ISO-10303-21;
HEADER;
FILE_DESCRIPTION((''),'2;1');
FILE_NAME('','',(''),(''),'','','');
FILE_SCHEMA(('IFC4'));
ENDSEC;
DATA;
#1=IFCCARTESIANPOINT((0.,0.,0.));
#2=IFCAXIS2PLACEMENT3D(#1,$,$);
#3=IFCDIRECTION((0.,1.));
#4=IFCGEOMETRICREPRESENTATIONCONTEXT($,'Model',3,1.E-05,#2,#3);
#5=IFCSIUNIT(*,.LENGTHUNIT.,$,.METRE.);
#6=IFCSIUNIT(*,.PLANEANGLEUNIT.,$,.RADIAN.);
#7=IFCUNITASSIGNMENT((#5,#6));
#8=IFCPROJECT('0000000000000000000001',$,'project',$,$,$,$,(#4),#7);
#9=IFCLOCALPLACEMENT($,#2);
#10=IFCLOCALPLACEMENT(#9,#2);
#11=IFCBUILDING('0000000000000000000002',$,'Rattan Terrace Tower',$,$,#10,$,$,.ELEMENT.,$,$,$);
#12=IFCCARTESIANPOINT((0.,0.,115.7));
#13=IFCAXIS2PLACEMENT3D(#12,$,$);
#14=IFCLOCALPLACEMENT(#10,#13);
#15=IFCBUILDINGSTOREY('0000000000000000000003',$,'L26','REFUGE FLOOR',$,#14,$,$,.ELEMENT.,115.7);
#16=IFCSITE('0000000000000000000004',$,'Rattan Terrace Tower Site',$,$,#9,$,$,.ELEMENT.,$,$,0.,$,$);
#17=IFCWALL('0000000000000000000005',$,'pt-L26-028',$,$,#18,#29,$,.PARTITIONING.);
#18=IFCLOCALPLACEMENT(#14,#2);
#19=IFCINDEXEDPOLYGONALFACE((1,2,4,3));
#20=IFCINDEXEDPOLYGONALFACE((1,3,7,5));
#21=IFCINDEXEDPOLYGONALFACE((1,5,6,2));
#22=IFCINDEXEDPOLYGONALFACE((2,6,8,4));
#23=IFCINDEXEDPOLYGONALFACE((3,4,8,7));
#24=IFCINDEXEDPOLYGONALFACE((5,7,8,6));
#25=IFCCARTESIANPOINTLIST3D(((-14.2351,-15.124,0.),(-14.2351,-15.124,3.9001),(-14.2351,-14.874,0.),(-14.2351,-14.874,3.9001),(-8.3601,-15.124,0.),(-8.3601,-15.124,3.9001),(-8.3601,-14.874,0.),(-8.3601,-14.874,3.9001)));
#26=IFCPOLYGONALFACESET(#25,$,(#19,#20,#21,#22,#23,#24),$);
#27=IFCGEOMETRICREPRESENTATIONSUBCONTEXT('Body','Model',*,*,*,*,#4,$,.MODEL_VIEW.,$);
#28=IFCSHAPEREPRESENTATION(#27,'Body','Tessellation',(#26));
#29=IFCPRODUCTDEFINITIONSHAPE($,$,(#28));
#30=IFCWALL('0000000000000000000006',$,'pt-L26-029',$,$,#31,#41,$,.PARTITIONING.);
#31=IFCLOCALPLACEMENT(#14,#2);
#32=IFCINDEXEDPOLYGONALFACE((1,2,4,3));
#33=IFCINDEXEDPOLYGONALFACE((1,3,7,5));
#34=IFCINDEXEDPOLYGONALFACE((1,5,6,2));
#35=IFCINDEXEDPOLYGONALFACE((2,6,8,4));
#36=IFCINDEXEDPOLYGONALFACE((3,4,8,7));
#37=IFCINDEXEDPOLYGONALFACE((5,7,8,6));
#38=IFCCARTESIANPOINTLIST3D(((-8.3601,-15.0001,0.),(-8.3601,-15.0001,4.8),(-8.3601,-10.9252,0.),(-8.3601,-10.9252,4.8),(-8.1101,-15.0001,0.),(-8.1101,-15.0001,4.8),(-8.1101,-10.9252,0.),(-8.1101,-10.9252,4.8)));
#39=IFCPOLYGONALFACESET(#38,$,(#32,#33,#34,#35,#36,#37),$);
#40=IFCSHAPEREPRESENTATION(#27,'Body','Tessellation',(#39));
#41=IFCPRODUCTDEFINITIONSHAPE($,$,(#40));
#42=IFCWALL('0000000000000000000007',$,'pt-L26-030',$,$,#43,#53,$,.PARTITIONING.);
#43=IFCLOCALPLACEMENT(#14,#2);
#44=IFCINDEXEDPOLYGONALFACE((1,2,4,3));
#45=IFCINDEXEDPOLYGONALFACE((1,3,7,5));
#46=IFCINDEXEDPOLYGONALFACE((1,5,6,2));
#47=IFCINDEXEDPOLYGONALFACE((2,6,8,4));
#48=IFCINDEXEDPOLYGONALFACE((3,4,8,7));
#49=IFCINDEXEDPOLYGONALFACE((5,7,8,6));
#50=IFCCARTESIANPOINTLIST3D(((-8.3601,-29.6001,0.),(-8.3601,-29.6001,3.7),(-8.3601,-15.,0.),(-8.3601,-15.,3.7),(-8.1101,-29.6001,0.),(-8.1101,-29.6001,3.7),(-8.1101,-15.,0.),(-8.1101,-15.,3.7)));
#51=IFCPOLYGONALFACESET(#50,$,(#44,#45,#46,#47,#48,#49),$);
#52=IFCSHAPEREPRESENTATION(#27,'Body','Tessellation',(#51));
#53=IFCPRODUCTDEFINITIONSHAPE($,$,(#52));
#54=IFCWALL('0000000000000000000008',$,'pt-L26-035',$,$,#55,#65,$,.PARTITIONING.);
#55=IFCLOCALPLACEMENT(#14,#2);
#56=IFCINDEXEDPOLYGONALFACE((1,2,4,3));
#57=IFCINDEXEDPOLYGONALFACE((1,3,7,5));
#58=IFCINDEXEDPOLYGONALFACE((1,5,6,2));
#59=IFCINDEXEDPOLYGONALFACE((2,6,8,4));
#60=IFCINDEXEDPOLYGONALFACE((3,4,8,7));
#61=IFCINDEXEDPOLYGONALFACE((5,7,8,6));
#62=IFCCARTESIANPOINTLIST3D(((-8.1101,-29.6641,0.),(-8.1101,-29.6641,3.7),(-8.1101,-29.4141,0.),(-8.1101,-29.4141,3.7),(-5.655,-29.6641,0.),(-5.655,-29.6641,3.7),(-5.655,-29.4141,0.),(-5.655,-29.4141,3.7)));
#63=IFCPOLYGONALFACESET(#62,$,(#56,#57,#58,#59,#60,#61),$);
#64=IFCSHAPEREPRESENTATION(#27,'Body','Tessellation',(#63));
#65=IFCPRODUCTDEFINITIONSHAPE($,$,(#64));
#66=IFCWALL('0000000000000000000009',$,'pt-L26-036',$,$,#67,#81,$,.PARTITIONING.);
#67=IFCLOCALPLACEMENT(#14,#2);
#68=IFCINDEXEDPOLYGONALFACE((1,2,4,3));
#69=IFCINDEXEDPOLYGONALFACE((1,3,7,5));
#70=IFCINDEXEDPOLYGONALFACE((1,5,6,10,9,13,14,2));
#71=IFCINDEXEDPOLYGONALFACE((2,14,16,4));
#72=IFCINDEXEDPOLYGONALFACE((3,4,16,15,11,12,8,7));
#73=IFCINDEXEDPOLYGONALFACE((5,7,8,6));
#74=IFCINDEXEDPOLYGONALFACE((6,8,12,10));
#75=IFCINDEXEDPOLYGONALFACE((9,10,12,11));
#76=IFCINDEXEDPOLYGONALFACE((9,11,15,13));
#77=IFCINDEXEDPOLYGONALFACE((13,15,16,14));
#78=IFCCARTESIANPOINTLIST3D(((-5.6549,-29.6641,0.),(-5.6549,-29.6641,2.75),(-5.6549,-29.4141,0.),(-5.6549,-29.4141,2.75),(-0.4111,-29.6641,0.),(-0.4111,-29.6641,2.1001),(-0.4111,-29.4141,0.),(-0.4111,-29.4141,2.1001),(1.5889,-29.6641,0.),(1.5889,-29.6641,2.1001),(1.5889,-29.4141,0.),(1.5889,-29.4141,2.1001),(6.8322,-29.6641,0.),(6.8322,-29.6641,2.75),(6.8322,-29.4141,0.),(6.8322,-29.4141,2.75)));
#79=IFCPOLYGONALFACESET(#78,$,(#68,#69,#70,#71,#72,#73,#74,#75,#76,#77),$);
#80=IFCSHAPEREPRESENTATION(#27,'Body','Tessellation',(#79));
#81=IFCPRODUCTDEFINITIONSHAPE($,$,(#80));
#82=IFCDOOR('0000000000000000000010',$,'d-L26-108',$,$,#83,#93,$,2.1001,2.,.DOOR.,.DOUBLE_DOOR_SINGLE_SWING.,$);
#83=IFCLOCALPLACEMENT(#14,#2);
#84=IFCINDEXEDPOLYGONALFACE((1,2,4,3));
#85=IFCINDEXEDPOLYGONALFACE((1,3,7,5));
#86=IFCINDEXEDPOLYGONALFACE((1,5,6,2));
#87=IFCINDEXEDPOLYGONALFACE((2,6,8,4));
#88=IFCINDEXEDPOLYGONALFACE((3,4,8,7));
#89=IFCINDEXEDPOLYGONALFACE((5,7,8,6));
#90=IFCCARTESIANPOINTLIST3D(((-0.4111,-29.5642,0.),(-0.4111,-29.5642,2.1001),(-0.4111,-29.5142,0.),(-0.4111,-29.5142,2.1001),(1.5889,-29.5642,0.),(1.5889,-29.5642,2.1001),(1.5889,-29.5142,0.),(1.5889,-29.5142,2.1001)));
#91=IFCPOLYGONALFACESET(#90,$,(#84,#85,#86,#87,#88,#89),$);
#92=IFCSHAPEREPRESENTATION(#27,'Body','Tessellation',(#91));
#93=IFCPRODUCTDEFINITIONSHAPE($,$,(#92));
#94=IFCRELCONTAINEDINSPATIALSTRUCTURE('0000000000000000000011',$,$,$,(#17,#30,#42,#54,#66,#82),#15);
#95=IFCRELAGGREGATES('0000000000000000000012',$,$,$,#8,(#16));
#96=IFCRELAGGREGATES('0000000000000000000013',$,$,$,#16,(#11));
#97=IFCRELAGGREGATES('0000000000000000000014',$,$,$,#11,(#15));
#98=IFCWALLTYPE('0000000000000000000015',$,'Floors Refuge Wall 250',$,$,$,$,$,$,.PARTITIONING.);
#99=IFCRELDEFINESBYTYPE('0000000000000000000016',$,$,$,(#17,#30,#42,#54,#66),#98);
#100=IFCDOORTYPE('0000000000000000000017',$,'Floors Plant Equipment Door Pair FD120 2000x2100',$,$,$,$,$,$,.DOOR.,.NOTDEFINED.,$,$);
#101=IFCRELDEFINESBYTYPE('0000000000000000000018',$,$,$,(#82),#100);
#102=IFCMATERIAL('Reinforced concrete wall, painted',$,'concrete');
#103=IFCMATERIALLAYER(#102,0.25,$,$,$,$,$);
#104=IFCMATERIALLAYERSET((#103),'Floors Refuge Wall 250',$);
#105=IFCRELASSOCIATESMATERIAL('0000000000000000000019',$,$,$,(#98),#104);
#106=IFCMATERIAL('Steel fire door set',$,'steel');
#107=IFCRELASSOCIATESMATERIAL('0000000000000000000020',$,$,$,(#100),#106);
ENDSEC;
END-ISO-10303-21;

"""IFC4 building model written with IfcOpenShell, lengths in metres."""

from ifc_helpers import new_model, si_unit, direction, frame, frame_2d, origin, place, context, subcontext, project, spatial, rectangle, extrude, material, layer, layer_set, type_object, element, fill, save


model = new_model("IFC4")

# Units and contexts
model_context = context("Model", 3, precision=1e-05, world=origin(), true_north=direction((0.0, 1.0)))
body_context = subcontext(model_context, "Body", "Model", "MODEL_VIEW")
ifc_project = project(units=[si_unit("LENGTHUNIT", "METRE"), si_unit("PLANEANGLEUNIT", "RADIAN")], contexts=[model_context])

# Site, building, storey
site_placement = place(None, origin())
site = spatial("IfcSite", under=ifc_project, at=site_placement, Name="Rattan Terrace Tower Site", CompositionType="ELEMENT", RefElevation=0.0)
building_placement = place(site_placement, origin())
building = spatial("IfcBuilding", under=site, at=building_placement, Name="Rattan Terrace Tower", CompositionType="ELEMENT")
storey_placement = place(building_placement, frame((0.0, 0.0, 115.7)))
storey = spatial("IfcBuildingStorey", under=building, at=storey_placement, Name="L26", Description="REFUGE FLOOR", CompositionType="ELEMENT", Elevation=115.7)

# Walls
ifc_material_1 = material(Name="Reinforced concrete wall, painted", Category="concrete")
ifc_layer = layer(ifc_material_1, 0.25)
ifc_layer_set = layer_set([ifc_layer], Name="Floors Refuge Wall 250")
wall_type = type_object("IfcWallType", Name="Floors Refuge Wall 250", PredefinedType="PARTITIONING", material=ifc_layer_set)
wall_1_placement = place(storey_placement, frame((-8.3601, -14.999, 0.0), z_axis=(0.0, 0.0, 1.0), x_axis=(-1.0, 0.0, 0.0)))
element("IfcWall", 1, at=wall_1_placement, inside=storey, type_object=wall_type, Name="pt-L26-028", PredefinedType="PARTITIONING", context=body_context, shape_type="SweptSolid", body=[
    extrude(rectangle(XDim=5.875, YDim=0.25, at=frame_2d((2.9375, 0.0))), origin(), (0.0, 0.0, 1.0), 3.9001),
])
wall_2_placement = place(storey_placement, frame((-8.2351, -10.925, 0.0), z_axis=(0.0, 0.0, 1.0), x_axis=(0.0, -1.0, 0.0)))
element("IfcWall", 2, at=wall_2_placement, inside=storey, type_object=wall_type, Name="pt-L26-029", PredefinedType="PARTITIONING", context=body_context, shape_type="SweptSolid", body=[
    extrude(rectangle(XDim=4.075, YDim=0.25, at=frame_2d((2.0376, 0.0))), origin(), (0.0, 0.0, 1.0), 4.8),
])
wall_3_placement = place(storey_placement, frame((-8.2351, -15.0, 0.0), z_axis=(0.0, 0.0, 1.0), x_axis=(0.0, -1.0, 0.0)))
element("IfcWall", 3, at=wall_3_placement, inside=storey, type_object=wall_type, Name="pt-L26-030", PredefinedType="PARTITIONING", context=body_context, shape_type="SweptSolid", body=[
    extrude(rectangle(XDim=14.6001, YDim=0.25, at=frame_2d((7.3, 0.0))), origin(), (0.0, 0.0, 1.0), 3.7),
])
wall_4_placement = place(storey_placement, frame((-5.655, -29.5391, 0.0), z_axis=(0.0, 0.0, 1.0), x_axis=(-1.0, 0.0, 0.0)))
element("IfcWall", 4, at=wall_4_placement, inside=storey, type_object=wall_type, Name="pt-L26-035", PredefinedType="PARTITIONING", context=body_context, shape_type="SweptSolid", body=[
    extrude(rectangle(XDim=2.4551, YDim=0.25, at=frame_2d((1.2275, 0.0))), origin(), (0.0, 0.0, 1.0), 3.7),
])

# Wall, opening, door
wall_5_placement = place(storey_placement, frame((-5.655, -29.5391, 0.0), z_axis=(0.0, 0.0, 1.0), x_axis=(1.0, 0.0, 0.0)))
wall_5 = element("IfcWall", 5, at=wall_5_placement, inside=storey, type_object=wall_type, Name="pt-L26-036", PredefinedType="PARTITIONING", context=body_context, shape_type="SweptSolid", body=[
    extrude(rectangle(XDim=12.4871, YDim=0.25, at=frame_2d((6.2437, 0.0))), origin(), (0.0, 0.0, 1.0), 2.75),
])
opening_placement = place(wall_5_placement, frame((5.2439, 0.0, 0.0)))
opening = element("IfcOpeningElement", 6, at=opening_placement, cuts=wall_5, PredefinedType="OPENING", context=body_context, shape_type="SweptSolid", body=[
    extrude(rectangle(XDim=2.0, YDim=2.1001, at=frame_2d((1.0, 1.05))), frame((0.0, 0.1355, 0.0), z_axis=(0.0, -1.0, 0.0), x_axis=(1.0, 0.0, 0.0)), (0.0, 0.0, 1.0), 0.271),
])
ifc_material_2 = material(Name="Steel fire door set", Category="steel")
door_type = type_object("IfcDoorType", Name="Floors Plant Equipment Door Pair FD120 2000x2100", OperationType="NOTDEFINED", PredefinedType="DOOR", material=ifc_material_2)
door_placement = place(opening_placement, origin())
door = element("IfcDoor", 7, at=door_placement, inside=storey, type_object=door_type, Name="d-L26-108", OperationType="DOUBLE_DOOR_SINGLE_SWING", OverallHeight=2.1001, OverallWidth=2.0, PredefinedType="DOOR", context=body_context, shape_type="SweptSolid", body=[
    extrude(rectangle(XDim=2.0, YDim=2.1001, at=frame_2d((1.0, 1.05))), frame((0.0, 0.0249, 0.0), z_axis=(0.0, -1.0, 0.0), x_axis=(1.0, 0.0, 0.0)), (0.0, 0.0, 1.0), 0.05),
])
fill(opening, door)

save(model, "model.ifc")
